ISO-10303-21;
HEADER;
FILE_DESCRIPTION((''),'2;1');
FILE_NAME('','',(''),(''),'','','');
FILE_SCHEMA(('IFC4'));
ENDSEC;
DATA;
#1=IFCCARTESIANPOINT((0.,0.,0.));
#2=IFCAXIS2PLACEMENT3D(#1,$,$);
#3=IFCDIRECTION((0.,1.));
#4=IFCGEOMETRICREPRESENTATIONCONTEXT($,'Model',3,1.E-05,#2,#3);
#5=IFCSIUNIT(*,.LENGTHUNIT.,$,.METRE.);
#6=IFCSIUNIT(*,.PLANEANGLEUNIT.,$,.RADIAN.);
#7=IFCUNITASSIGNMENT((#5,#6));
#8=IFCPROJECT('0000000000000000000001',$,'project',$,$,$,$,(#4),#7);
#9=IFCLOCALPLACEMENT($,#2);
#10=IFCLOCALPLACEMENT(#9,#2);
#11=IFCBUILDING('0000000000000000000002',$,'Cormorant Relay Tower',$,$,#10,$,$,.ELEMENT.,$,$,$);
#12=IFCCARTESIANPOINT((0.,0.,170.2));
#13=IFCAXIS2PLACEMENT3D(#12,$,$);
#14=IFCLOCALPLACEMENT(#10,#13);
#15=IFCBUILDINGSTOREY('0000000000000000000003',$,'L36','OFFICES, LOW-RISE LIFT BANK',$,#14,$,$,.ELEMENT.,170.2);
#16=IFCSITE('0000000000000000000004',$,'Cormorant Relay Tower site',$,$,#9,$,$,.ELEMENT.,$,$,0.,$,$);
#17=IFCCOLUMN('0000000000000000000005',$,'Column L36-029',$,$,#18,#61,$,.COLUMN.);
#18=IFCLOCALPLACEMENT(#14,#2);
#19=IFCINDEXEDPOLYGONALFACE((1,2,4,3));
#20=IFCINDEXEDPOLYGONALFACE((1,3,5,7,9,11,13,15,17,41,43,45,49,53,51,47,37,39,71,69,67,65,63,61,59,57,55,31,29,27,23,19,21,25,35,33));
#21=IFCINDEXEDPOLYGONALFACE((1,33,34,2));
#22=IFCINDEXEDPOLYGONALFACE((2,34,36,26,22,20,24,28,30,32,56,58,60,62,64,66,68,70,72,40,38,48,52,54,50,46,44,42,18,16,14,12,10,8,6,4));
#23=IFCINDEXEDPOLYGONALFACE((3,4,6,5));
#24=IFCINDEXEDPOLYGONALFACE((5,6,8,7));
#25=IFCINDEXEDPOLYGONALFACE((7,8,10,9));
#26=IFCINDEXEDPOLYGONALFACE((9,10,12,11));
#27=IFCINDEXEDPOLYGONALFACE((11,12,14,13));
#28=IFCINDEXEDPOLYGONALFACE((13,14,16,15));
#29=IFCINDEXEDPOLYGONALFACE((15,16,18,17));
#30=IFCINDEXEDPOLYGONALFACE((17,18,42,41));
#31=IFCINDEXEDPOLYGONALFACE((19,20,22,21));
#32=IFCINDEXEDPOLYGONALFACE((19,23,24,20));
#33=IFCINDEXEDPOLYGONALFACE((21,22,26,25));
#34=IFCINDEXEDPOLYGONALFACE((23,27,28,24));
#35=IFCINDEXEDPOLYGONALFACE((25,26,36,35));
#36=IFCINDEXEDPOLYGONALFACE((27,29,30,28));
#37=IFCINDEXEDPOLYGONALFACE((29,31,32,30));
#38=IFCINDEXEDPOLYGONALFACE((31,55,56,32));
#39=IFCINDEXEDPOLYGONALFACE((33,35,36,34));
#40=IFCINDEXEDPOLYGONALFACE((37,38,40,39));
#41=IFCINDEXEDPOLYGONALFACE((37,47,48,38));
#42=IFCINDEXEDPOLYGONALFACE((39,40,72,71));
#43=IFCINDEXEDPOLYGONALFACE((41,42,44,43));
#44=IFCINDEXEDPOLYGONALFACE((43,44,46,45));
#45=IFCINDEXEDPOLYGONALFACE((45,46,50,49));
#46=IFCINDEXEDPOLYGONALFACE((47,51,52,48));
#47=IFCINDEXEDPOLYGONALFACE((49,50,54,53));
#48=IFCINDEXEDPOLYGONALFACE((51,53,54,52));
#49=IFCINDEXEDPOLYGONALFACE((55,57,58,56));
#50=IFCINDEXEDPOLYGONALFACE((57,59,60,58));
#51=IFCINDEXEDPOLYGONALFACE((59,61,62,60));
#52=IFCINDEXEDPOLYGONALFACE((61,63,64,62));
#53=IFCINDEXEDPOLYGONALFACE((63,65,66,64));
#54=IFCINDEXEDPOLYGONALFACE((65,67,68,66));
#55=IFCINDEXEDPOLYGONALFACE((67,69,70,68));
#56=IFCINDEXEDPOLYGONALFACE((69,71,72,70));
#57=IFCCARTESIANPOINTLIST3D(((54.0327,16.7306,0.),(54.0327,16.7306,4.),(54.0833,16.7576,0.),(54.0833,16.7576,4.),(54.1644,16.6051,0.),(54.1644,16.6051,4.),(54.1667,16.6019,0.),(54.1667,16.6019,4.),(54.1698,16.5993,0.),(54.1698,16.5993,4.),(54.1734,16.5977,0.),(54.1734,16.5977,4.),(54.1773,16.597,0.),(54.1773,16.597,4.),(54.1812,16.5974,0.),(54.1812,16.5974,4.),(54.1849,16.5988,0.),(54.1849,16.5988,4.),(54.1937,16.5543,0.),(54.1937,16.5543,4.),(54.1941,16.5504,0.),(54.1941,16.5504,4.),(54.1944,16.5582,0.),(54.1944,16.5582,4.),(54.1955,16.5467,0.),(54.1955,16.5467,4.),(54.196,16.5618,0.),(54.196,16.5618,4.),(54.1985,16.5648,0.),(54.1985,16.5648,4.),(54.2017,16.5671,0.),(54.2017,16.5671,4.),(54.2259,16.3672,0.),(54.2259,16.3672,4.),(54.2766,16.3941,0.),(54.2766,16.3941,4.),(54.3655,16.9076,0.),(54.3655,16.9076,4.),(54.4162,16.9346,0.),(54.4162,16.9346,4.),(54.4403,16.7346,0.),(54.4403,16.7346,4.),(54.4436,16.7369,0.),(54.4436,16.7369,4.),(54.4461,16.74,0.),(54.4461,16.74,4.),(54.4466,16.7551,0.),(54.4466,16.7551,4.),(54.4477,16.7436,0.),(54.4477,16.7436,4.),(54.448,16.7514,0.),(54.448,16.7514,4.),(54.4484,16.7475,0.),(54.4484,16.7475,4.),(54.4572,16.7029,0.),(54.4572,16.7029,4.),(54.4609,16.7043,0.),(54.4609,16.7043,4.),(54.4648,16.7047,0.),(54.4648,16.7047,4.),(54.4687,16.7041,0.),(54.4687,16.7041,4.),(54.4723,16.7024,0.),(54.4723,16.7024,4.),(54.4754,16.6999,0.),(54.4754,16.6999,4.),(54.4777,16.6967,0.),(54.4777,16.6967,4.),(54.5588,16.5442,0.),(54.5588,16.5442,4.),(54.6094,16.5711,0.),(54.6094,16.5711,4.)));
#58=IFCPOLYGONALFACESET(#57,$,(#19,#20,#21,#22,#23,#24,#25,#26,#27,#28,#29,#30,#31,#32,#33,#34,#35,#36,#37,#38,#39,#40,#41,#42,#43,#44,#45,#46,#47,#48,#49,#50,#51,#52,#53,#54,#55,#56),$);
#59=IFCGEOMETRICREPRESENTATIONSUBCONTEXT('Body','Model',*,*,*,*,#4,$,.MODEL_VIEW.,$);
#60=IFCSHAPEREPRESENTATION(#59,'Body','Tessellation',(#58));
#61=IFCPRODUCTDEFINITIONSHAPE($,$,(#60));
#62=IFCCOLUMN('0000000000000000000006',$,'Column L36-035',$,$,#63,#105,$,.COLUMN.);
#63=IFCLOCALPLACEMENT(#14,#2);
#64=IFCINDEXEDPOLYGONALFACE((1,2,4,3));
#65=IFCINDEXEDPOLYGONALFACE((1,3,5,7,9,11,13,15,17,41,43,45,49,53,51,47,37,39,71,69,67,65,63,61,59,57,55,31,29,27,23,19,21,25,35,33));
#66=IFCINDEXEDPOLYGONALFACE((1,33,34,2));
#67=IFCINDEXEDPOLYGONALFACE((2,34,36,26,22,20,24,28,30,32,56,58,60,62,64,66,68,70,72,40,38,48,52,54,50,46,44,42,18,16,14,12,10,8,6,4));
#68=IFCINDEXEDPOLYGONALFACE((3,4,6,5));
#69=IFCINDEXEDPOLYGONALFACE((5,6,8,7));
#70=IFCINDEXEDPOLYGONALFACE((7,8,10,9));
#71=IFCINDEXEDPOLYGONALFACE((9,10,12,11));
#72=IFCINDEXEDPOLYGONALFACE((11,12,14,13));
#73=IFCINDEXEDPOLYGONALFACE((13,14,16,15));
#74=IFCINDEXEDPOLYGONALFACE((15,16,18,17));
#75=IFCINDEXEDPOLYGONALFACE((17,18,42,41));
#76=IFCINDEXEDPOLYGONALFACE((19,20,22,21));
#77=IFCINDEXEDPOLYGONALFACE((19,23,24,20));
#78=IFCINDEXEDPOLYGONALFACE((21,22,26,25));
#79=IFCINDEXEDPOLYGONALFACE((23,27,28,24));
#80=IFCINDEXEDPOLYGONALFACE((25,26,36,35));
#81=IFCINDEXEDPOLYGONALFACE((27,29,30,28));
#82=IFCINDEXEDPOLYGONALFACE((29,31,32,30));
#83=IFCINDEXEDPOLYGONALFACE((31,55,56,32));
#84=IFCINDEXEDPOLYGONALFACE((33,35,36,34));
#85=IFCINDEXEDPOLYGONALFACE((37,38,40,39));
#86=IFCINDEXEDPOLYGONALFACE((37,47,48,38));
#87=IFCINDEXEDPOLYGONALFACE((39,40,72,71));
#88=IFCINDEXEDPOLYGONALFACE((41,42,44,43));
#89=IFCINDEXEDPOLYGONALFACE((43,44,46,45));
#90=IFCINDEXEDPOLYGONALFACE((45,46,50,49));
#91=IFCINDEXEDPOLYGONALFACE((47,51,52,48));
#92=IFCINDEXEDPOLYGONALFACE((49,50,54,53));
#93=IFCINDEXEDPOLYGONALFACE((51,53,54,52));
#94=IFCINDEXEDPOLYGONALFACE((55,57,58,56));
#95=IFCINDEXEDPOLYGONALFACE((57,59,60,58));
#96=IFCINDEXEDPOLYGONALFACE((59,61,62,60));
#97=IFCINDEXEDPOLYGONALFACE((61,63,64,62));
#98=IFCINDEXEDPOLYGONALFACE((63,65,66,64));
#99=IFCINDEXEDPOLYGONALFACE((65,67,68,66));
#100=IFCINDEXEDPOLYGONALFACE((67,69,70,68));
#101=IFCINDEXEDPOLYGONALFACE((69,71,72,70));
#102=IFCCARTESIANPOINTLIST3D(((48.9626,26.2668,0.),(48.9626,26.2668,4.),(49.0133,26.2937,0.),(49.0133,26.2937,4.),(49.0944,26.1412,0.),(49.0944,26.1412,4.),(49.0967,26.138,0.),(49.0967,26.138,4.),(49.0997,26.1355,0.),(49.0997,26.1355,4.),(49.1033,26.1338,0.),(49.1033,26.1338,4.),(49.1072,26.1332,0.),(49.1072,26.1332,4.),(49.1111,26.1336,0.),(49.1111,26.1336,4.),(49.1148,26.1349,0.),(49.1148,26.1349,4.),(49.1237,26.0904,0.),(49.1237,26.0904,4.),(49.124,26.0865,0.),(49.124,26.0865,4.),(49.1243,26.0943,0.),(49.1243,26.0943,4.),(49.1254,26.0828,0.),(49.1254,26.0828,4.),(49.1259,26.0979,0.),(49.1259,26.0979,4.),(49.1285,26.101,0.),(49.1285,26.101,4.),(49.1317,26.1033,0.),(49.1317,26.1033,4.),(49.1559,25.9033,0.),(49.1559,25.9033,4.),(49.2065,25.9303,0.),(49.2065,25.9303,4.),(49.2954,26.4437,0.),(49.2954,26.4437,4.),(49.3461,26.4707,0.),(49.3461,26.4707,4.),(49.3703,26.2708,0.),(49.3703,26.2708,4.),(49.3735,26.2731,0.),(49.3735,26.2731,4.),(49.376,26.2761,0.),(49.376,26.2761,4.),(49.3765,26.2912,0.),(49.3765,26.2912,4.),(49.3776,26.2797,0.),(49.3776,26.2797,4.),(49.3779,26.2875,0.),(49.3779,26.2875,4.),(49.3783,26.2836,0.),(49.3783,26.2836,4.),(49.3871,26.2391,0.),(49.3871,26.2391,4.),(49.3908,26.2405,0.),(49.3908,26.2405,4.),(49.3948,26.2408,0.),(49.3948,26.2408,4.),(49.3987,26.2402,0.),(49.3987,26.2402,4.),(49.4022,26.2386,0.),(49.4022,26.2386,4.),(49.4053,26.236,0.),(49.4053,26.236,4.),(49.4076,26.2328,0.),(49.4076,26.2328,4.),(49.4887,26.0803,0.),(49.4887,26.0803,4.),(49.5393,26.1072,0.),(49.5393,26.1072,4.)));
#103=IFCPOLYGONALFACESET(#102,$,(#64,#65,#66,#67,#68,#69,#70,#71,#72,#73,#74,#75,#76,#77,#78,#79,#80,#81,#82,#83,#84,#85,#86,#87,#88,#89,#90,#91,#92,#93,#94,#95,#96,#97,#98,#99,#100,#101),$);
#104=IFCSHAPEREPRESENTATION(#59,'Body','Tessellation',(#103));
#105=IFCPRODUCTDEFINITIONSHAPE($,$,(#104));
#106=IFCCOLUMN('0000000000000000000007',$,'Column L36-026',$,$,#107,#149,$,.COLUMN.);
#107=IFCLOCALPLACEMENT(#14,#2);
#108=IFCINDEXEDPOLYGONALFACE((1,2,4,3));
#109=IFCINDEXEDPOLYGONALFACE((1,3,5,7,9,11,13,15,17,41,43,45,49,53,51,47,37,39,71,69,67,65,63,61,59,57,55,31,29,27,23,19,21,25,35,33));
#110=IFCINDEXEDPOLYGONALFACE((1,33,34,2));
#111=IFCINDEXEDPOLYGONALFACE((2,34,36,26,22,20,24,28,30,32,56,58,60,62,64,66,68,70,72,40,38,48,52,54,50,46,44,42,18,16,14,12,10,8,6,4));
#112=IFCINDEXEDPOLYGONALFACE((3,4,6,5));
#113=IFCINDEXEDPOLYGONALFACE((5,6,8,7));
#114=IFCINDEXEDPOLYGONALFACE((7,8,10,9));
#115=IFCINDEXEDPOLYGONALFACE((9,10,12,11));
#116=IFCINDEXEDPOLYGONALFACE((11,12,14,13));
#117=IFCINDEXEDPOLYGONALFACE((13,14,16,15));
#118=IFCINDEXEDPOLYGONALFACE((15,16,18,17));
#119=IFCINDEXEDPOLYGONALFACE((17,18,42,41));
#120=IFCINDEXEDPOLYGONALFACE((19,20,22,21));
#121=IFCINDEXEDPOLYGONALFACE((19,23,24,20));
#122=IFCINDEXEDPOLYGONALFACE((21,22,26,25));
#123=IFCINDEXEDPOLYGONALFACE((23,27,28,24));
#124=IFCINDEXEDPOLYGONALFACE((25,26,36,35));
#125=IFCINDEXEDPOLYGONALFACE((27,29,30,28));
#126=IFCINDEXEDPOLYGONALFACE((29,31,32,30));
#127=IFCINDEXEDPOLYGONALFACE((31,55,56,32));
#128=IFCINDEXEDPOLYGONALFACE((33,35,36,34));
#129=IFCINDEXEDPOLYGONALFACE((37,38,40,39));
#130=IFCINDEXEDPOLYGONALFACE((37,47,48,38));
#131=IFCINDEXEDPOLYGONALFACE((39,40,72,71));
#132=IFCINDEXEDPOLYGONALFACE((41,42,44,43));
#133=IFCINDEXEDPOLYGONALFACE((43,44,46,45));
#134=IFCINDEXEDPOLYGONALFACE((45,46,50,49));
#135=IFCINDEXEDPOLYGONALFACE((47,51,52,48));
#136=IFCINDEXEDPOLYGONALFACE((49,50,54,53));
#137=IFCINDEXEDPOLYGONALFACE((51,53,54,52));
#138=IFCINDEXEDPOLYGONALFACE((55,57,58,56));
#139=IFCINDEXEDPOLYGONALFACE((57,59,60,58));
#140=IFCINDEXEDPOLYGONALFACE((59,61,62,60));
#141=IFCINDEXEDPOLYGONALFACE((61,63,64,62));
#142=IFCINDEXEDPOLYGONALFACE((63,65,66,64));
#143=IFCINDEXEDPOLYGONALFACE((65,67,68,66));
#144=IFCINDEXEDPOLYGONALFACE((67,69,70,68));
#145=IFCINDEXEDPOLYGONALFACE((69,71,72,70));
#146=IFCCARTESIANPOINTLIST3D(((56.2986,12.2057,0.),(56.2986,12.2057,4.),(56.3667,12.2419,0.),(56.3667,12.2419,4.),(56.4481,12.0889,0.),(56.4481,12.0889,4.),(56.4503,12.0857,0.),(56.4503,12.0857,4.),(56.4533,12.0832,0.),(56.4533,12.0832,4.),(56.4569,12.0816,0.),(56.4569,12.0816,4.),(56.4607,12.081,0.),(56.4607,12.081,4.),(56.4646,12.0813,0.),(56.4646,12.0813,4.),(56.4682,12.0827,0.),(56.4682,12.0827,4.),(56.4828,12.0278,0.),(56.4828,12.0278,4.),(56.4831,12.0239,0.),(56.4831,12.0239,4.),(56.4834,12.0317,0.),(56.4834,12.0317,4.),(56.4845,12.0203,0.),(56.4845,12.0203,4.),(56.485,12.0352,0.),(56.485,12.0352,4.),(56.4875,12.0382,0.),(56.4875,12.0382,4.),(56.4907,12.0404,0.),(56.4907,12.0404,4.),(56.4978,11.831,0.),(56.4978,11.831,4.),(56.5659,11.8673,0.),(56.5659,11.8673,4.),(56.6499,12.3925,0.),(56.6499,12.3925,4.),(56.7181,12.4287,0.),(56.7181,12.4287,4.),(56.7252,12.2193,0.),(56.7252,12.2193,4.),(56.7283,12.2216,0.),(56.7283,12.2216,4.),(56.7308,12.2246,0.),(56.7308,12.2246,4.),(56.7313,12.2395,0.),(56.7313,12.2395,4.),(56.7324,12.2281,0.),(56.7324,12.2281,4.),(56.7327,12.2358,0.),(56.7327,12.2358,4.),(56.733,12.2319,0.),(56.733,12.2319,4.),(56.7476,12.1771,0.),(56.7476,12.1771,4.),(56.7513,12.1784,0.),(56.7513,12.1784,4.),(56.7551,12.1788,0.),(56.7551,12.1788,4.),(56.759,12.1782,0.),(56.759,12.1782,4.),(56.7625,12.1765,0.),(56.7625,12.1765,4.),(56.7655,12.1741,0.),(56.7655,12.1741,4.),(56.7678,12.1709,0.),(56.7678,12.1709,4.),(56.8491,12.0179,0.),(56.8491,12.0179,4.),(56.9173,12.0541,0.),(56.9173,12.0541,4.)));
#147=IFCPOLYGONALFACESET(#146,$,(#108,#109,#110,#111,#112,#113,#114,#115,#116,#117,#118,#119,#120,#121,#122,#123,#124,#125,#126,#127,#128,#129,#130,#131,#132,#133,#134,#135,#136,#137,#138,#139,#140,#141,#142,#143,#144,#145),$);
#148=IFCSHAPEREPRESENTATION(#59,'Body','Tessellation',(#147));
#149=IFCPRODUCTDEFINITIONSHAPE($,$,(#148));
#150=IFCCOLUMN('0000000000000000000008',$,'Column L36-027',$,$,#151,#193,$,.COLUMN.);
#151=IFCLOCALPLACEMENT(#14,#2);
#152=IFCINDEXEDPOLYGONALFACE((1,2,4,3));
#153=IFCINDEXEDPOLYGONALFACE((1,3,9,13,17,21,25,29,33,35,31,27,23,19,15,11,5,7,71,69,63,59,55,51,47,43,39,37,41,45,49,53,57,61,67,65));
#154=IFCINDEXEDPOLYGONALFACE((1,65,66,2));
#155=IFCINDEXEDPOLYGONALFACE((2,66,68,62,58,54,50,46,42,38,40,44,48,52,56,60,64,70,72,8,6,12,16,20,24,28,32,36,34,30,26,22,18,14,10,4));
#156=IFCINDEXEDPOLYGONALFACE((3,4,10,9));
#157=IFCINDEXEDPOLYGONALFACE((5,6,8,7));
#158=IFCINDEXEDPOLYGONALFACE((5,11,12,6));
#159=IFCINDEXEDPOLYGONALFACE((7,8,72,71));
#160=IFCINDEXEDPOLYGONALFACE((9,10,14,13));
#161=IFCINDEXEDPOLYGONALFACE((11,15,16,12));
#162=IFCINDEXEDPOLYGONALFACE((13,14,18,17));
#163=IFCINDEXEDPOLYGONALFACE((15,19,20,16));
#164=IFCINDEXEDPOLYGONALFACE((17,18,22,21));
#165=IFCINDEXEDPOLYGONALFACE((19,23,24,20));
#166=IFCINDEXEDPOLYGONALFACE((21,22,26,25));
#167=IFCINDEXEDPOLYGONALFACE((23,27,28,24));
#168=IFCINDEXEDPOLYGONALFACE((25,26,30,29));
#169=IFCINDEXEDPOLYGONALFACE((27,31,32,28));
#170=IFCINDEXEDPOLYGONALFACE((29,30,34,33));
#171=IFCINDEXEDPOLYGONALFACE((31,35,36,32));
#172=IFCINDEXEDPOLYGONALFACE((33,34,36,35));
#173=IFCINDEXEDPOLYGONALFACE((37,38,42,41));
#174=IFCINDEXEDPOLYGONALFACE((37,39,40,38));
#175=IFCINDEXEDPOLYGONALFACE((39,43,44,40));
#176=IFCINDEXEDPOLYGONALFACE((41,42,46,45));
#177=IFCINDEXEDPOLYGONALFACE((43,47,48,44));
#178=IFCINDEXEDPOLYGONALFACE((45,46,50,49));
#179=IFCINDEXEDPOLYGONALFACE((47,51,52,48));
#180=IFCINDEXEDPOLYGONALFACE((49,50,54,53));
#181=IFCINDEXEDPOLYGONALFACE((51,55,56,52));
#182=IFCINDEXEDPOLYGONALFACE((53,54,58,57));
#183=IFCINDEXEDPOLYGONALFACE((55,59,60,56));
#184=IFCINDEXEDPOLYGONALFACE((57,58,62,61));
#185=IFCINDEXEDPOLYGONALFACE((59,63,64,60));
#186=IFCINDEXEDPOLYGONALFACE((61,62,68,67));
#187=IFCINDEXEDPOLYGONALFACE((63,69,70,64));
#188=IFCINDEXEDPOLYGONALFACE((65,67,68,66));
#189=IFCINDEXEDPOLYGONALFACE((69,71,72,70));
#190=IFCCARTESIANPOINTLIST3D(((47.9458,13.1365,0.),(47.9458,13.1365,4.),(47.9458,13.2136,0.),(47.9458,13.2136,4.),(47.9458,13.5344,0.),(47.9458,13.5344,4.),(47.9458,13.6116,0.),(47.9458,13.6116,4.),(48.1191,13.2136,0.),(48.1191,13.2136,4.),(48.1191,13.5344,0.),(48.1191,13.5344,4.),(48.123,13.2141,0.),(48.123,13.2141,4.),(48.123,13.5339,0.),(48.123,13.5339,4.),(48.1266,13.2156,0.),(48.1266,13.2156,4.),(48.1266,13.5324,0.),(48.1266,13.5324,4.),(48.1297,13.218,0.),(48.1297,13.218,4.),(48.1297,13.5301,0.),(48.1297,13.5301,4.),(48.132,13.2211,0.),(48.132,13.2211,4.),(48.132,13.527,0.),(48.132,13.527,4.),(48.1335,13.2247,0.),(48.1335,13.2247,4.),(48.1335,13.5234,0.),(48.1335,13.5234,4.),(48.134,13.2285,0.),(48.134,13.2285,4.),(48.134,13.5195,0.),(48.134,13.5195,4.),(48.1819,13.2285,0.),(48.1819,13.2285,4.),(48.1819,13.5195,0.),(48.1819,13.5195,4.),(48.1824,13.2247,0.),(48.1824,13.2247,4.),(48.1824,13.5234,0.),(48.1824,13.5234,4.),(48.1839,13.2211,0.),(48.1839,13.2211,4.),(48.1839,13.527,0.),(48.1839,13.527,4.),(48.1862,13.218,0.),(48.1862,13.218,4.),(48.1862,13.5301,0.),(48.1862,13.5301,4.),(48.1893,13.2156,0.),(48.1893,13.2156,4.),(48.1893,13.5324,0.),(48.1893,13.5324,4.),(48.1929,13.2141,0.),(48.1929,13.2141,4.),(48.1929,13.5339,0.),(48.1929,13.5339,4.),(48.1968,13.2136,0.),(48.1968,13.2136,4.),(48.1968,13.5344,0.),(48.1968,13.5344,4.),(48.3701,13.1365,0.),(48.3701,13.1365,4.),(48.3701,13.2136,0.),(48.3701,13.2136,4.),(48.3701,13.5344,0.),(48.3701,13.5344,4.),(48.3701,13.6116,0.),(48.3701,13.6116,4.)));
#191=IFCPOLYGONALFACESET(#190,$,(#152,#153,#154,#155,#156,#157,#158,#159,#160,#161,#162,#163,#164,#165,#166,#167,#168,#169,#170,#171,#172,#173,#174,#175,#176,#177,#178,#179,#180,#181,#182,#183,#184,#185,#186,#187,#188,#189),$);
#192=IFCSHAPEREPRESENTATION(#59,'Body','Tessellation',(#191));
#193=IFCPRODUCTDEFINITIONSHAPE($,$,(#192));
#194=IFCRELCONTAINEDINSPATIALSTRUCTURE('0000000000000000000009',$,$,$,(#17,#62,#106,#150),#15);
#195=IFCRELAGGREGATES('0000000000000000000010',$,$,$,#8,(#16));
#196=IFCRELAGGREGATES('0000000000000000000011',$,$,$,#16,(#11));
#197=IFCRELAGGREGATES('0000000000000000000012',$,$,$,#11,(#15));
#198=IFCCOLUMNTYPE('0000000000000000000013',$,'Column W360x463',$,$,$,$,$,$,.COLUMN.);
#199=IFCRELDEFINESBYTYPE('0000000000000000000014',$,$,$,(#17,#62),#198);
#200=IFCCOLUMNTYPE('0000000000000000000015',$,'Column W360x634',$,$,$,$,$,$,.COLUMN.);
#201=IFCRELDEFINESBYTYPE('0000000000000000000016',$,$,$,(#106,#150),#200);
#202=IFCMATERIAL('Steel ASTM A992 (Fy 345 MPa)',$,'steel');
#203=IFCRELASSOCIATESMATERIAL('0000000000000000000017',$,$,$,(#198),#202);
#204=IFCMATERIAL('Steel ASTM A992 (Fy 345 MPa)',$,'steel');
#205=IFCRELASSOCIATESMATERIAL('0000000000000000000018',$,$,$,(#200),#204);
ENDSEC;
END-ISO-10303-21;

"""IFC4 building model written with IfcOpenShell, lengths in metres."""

from ifc_helpers import new_model, si_unit, direction, frame, origin, origin_2d, place, context, subcontext, project, spatial, i_section, extrude, material, material_profile, profile_set, type_object, element, save


model = new_model("IFC4")

# Units and contexts
model_context = context("Model", 3, precision=1e-05, world=origin(), true_north=direction((0.0, 1.0)))
body_context = subcontext(model_context, "Body", "Model", "MODEL_VIEW")
ifc_project = project(units=[si_unit("LENGTHUNIT", "METRE"), si_unit("PLANEANGLEUNIT", "RADIAN")], contexts=[model_context])

# Site, building, storey
site_placement = place(None, origin())
site = spatial("IfcSite", under=ifc_project, at=site_placement, Name="Cormorant Relay Tower site", CompositionType="ELEMENT", RefElevation=0.0)
building_placement = place(site_placement, origin())
building = spatial("IfcBuilding", under=site, at=building_placement, Name="Cormorant Relay Tower", CompositionType="ELEMENT")
storey_placement = place(building_placement, frame((0.0, 0.0, 170.2)))
storey = spatial("IfcBuildingStorey", under=building, at=storey_placement, Name="L36", Description="OFFICES, LOW-RISE LIFT BANK", CompositionType="ELEMENT", Elevation=170.2)

# Columns
ifc_material_1 = material(Name="Steel ASTM A992 (Fy 345 MPa)", Category="steel")
ifc_material_profile_1 = material_profile(ifc_material_1, i_section(OverallWidth=0.4116, OverallDepth=0.4343, WebThickness=0.0359, FlangeThickness=0.0574, FilletRadius=0.0151, at=origin_2d()), Name="W360x463")
ifc_profile_set_1 = profile_set([ifc_material_profile_1], Name="Steel ASTM A992 (Fy 345 MPa)")
column_type_1 = type_object("IfcColumnType", Name="Column W360x463", PredefinedType="COLUMN", material=ifc_profile_set_1)
for number, where, z_axis, x_axis, name in (
    (1, (54.321, 16.6509, 0.0), (0.0, 0.0, 1.0), (-0.469472, 0.882948, 0.0), "Column L36-029"),
    (2, (49.251, 26.187, 0.0), (0.0, 0.0, 1.0), (-0.469472, 0.882948, 0.0), "Column L36-035"),
):
    element("IfcColumn", number, at=place(storey_placement, frame(where, z_axis=z_axis, x_axis=x_axis)), inside=storey, type_object=column_type_1, Name=name, PredefinedType="COLUMN", context=body_context, shape_type="SweptSolid", body=[
        extrude(i_section(OverallWidth=0.4116, OverallDepth=0.4343, WebThickness=0.0359, FlangeThickness=0.0574, FilletRadius=0.0151, at=origin_2d()), origin(), (0.0, 0.0, 1.0), 4.0),
    ])
ifc_material_2 = material(Name="Steel ASTM A992 (Fy 345 MPa)", Category="steel")
ifc_material_profile_2 = material_profile(ifc_material_2, i_section(OverallWidth=0.4243, OverallDepth=0.4751, WebThickness=0.0479, FlangeThickness=0.0771, FilletRadius=0.0149, at=origin_2d()), Name="W360x634")
ifc_profile_set_2 = profile_set([ifc_material_profile_2], Name="Steel ASTM A992 (Fy 345 MPa)")
column_type_2 = type_object("IfcColumnType", Name="Column W360x634", PredefinedType="COLUMN", material=ifc_profile_set_2)
for number, where, z_axis, x_axis, name in (
    (3, (56.6079, 12.1299, 0.0), (0.0, 0.0, 1.0), (-0.469472, 0.882948, 0.0), "Column L36-026"),
    (4, (48.158, 13.374, 0.0), (0.0, 0.0, 1.0), (1.0, 0.0, 0.0), "Column L36-027"),
):
    element("IfcColumn", number, at=place(storey_placement, frame(where, z_axis=z_axis, x_axis=x_axis)), inside=storey, type_object=column_type_2, Name=name, PredefinedType="COLUMN", context=body_context, shape_type="SweptSolid", body=[
        extrude(i_section(OverallWidth=0.4243, OverallDepth=0.4751, WebThickness=0.0479, FlangeThickness=0.0771, FilletRadius=0.0149, at=origin_2d()), origin(), (0.0, 0.0, 1.0), 4.0),
    ])

save(model, "model.ifc")
